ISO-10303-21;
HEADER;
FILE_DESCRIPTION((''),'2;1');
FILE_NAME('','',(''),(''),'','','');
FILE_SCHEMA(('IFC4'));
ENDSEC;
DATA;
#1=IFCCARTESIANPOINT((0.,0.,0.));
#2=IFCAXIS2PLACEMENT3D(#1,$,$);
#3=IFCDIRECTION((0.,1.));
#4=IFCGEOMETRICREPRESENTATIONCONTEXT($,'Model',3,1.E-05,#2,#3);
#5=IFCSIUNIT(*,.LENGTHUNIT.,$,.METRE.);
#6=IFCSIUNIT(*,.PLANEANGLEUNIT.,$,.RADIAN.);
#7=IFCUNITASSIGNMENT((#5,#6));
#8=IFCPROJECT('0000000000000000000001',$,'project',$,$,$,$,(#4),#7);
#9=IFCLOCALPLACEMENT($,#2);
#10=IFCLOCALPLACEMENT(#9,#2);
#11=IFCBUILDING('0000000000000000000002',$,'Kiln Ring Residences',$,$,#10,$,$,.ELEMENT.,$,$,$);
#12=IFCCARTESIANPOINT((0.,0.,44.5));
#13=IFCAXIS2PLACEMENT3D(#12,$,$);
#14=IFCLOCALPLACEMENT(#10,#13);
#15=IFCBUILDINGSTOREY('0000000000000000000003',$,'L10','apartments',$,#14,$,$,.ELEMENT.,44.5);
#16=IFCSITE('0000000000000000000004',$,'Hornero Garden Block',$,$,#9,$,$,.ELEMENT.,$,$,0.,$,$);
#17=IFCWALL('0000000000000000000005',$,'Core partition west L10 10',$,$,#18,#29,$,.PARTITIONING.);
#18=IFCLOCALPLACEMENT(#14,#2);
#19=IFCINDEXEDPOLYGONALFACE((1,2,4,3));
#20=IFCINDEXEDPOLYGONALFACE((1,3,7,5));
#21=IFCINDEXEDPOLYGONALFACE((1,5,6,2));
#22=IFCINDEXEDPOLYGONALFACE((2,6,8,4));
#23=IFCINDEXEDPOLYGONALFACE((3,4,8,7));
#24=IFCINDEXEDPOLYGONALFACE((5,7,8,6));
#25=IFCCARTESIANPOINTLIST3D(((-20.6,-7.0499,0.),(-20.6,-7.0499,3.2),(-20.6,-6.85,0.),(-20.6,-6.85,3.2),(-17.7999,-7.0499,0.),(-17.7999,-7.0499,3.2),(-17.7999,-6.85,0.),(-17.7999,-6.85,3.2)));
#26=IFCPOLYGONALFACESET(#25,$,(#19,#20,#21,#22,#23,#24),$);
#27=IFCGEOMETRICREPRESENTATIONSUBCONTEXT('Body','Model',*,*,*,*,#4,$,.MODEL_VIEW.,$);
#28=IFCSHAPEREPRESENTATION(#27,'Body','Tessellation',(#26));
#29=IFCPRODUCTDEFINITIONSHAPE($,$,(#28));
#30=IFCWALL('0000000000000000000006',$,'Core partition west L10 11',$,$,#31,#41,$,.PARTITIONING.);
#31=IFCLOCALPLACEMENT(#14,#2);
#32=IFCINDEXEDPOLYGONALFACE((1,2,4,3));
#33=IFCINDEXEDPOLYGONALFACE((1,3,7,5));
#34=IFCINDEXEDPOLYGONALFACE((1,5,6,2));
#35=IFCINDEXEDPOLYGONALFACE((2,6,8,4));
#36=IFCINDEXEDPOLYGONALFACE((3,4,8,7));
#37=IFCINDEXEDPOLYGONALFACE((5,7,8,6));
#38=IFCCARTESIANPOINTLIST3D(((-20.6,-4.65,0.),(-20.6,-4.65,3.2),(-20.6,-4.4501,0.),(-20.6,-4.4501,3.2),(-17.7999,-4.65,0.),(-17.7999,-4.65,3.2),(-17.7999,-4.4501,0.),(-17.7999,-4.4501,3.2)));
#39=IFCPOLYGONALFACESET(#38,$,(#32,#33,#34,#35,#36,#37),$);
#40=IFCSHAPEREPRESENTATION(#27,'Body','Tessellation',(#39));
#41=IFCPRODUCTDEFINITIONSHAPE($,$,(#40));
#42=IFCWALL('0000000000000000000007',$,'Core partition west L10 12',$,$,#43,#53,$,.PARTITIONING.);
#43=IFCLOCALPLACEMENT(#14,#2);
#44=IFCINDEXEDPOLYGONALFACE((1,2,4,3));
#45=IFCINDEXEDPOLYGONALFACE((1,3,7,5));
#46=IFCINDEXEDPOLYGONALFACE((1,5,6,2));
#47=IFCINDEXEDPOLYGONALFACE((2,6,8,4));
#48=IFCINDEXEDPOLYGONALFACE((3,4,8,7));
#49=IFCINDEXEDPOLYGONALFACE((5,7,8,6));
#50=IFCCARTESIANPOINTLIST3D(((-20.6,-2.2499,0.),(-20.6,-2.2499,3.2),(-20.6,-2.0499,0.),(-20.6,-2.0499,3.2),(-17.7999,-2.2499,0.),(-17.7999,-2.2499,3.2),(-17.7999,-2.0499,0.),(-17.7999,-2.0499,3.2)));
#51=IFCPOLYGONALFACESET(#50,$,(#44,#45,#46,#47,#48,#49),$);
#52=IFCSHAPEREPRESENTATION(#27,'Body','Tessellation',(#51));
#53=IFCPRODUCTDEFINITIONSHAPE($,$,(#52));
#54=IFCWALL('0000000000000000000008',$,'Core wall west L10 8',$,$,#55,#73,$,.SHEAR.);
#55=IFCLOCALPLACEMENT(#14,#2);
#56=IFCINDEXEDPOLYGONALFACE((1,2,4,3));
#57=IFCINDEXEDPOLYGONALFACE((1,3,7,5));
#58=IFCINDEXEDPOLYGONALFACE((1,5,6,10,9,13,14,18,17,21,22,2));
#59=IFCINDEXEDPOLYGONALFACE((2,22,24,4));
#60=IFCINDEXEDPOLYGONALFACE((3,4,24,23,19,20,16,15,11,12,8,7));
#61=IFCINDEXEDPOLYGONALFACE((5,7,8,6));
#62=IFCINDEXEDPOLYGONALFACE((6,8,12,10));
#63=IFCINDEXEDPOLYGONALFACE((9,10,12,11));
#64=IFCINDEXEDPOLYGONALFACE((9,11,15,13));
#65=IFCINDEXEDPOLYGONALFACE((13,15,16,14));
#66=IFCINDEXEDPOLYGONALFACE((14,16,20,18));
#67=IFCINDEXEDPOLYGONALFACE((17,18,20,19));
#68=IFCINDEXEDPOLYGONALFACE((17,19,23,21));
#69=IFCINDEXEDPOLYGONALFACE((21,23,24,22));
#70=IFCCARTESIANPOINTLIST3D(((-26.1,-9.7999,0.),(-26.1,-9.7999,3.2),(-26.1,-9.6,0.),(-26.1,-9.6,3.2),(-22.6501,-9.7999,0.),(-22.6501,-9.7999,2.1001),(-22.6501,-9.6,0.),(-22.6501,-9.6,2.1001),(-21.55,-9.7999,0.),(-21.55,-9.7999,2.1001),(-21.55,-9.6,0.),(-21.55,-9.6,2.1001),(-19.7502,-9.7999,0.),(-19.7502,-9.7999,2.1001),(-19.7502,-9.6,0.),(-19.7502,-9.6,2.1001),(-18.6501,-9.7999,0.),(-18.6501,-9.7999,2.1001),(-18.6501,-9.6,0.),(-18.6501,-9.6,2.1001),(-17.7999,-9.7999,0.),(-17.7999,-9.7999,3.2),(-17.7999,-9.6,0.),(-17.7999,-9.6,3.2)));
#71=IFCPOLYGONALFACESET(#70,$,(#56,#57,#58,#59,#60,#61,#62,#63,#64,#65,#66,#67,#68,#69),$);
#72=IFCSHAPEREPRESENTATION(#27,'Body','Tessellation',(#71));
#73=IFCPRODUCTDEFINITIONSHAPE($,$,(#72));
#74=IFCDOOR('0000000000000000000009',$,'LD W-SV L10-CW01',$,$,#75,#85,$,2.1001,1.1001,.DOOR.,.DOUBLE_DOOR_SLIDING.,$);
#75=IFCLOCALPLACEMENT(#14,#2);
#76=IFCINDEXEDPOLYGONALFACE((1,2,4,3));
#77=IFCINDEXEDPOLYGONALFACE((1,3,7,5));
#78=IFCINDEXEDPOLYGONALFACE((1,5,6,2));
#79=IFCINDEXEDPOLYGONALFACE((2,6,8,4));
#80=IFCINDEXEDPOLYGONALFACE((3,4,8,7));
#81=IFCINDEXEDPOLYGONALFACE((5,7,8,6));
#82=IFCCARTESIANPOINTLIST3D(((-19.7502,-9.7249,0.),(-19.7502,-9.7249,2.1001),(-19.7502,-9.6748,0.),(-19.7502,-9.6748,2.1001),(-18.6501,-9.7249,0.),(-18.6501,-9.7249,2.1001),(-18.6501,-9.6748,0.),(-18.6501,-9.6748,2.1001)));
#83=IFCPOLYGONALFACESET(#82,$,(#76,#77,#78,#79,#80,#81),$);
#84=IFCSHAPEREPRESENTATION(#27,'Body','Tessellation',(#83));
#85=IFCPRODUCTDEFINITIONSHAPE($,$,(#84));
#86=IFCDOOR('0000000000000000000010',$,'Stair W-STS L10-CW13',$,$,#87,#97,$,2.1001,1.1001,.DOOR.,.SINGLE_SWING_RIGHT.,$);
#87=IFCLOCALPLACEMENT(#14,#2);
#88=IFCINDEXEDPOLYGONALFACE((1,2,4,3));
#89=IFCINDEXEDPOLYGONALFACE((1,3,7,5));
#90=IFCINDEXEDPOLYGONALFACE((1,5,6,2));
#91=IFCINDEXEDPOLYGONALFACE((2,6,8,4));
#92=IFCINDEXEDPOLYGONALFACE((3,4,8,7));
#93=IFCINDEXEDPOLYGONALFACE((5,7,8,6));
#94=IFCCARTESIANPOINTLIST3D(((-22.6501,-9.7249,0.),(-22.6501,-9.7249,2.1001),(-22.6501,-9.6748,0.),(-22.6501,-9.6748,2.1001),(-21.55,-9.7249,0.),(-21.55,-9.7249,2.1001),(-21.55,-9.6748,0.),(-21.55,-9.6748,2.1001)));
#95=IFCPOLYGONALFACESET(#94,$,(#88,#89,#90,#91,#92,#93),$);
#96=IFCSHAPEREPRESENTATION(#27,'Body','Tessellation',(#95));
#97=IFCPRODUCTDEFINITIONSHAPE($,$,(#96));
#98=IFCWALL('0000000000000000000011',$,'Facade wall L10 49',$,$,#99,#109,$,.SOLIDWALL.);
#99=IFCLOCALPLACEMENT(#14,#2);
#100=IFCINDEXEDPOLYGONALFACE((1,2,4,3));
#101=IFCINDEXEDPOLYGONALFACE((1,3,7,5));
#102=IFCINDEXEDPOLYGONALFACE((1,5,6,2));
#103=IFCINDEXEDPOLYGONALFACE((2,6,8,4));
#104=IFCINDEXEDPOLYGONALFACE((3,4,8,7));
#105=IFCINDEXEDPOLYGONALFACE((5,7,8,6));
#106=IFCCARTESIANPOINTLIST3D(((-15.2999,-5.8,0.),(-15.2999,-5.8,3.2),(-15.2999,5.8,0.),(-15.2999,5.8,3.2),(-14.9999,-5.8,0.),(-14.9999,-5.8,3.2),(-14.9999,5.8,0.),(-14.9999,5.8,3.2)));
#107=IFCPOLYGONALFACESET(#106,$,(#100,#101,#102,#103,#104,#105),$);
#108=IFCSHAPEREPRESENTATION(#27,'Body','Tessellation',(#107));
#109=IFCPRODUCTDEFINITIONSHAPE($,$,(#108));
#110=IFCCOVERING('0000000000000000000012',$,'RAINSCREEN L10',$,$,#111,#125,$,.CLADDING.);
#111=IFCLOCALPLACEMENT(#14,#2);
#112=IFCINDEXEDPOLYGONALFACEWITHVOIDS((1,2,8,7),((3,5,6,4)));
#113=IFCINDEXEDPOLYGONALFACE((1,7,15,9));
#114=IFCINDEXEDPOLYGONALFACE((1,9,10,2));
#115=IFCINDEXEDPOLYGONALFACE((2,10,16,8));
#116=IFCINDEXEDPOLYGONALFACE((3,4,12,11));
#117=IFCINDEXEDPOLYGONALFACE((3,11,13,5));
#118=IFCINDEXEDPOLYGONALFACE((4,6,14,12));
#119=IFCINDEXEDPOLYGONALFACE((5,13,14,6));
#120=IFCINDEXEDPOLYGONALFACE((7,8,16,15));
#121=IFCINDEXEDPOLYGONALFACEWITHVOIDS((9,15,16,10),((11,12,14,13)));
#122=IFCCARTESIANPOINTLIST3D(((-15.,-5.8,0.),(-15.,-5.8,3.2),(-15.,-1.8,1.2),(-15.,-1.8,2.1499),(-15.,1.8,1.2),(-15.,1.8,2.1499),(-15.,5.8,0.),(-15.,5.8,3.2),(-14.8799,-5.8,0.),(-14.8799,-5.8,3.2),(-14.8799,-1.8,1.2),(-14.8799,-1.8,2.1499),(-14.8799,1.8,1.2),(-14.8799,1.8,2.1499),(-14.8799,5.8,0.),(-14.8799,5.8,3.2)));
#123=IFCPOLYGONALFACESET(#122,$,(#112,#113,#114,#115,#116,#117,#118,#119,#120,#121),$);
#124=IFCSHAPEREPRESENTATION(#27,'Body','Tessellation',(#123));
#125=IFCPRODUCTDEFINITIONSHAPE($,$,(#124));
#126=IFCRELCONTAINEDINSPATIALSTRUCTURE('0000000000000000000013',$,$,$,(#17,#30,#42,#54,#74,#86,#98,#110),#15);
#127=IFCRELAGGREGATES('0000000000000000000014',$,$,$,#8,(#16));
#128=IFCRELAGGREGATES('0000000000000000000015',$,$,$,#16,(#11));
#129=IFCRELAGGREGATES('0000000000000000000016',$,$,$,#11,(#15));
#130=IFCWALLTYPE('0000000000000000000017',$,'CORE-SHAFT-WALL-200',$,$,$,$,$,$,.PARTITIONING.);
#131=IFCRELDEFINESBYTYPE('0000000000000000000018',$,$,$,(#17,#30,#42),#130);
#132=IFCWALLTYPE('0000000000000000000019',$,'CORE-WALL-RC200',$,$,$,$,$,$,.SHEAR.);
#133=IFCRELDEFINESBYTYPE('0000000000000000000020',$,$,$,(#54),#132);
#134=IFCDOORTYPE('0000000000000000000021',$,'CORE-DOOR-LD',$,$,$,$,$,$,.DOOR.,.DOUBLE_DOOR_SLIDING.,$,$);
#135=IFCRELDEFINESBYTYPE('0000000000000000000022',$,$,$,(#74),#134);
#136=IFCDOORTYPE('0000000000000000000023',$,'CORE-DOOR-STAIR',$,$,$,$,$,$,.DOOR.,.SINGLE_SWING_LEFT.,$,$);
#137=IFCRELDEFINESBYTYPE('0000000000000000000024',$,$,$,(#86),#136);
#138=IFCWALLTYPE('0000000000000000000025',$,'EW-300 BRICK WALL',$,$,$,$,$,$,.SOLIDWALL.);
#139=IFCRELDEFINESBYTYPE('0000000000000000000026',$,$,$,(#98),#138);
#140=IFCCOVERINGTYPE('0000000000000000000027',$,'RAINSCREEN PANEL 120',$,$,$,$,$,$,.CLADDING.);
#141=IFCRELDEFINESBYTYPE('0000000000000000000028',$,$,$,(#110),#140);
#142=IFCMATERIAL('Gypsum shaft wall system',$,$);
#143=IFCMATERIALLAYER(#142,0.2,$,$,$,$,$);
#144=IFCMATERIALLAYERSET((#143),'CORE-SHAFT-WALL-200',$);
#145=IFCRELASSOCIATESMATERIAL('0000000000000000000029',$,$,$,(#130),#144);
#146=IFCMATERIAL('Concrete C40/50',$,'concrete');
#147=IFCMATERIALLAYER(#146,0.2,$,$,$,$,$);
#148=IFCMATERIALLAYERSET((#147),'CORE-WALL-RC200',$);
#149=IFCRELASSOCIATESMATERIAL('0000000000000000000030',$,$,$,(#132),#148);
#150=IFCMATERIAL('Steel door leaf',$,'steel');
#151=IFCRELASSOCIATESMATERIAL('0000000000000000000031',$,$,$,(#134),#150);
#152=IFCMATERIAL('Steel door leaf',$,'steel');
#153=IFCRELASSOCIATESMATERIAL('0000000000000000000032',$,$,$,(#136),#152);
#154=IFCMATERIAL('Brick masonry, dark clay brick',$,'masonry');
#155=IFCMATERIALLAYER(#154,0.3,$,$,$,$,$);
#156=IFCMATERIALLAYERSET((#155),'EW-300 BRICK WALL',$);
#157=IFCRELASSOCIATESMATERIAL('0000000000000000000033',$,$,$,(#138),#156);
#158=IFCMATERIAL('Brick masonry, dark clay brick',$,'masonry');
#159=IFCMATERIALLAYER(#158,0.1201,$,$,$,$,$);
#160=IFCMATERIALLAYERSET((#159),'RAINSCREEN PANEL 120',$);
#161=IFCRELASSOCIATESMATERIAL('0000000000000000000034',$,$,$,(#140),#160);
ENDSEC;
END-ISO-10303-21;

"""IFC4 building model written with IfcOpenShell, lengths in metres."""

from ifc_helpers import new_model, si_unit, direction, frame, frame_2d, origin, place, context, subcontext, project, spatial, polyline, rectangle, outline, extrude, material, layer, layer_set, type_object, element, fill, save


model = new_model("IFC4")

# Units and contexts
model_context = context("Model", 3, precision=1e-05, world=origin(), true_north=direction((0.0, 1.0)))
body_context = subcontext(model_context, "Body", "Model", "MODEL_VIEW")
ifc_project = project(units=[si_unit("LENGTHUNIT", "METRE"), si_unit("PLANEANGLEUNIT", "RADIAN")], contexts=[model_context])

# Site, building, storey
site_placement = place(None, origin())
site = spatial("IfcSite", under=ifc_project, at=site_placement, Name="Hornero Garden Block", CompositionType="ELEMENT", RefElevation=0.0)
building_placement = place(site_placement, origin())
building = spatial("IfcBuilding", under=site, at=building_placement, Name="Kiln Ring Residences", CompositionType="ELEMENT")
storey_placement = place(building_placement, frame((0.0, 0.0, 44.5)))
storey = spatial("IfcBuildingStorey", under=building, at=storey_placement, Name="L10", Description="apartments", CompositionType="ELEMENT", Elevation=44.5)

# Walls
ifc_material_1 = material(Name="Gypsum shaft wall system")
ifc_layer_1 = layer(ifc_material_1, 0.2)
ifc_layer_set_1 = layer_set([ifc_layer_1], Name="CORE-SHAFT-WALL-200")
wall_type_1 = type_object("IfcWallType", Name="CORE-SHAFT-WALL-200", PredefinedType="PARTITIONING", material=ifc_layer_set_1)
for number, where, z_axis, x_axis, name in (
    (1, (-17.8, -6.95, 0.0), (0.0, 0.0, 1.0), (-1.0, 0.0, 0.0), "Core partition west L10 10"),
    (2, (-17.8, -4.55, 0.0), (0.0, 0.0, 1.0), (-1.0, 0.0, 0.0), "Core partition west L10 11"),
    (3, (-17.8, -2.1499, 0.0), (0.0, 0.0, 1.0), (-1.0, 0.0, 0.0), "Core partition west L10 12"),
):
    element("IfcWall", number, at=place(storey_placement, frame(where, z_axis=z_axis, x_axis=x_axis)), inside=storey, type_object=wall_type_1, Name=name, PredefinedType="PARTITIONING", context=body_context, shape_type="SweptSolid", body=[
        extrude(rectangle(XDim=2.8, YDim=0.2, at=frame_2d((1.3999, 0.0))), origin(), (0.0, 0.0, 1.0), 3.2),
    ])

# Wall, openings, doors
ifc_material_2 = material(Name="Concrete C40/50", Category="concrete")
ifc_layer_2 = layer(ifc_material_2, 0.2)
ifc_layer_set_2 = layer_set([ifc_layer_2], Name="CORE-WALL-RC200")
wall_type_2 = type_object("IfcWallType", Name="CORE-WALL-RC200", PredefinedType="SHEAR", material=ifc_layer_set_2)
wall_1_placement = place(storey_placement, frame((-17.8, -9.7, 0.0), z_axis=(0.0, 0.0, 1.0), x_axis=(-1.0, 0.0, 0.0)))
wall_1 = element("IfcWall", 4, at=wall_1_placement, inside=storey, type_object=wall_type_2, Name="Core wall west L10 8", PredefinedType="SHEAR", context=body_context, shape_type="SweptSolid", body=[
    extrude(rectangle(XDim=8.3, YDim=0.2, at=frame_2d((4.1499, 0.0))), origin(), (0.0, 0.0, 1.0), 3.2),
])
opening_1_placement = place(wall_1_placement, frame((0.8501, 0.0, 0.0)))
opening_1 = element("IfcOpeningElement", 5, at=opening_1_placement, cuts=wall_1, PredefinedType="OPENING", context=body_context, shape_type="SweptSolid", body=[
    extrude(rectangle(XDim=1.1001, YDim=2.1001, at=frame_2d((0.55, 1.05))), frame((0.0, 0.1099, 0.0), z_axis=(0.0, -1.0, 0.0), x_axis=(1.0, 0.0, 0.0)), (0.0, 0.0, 1.0), 0.22),
])
opening_2_placement = place(wall_1_placement, frame((3.75, 0.0, 0.0)))
opening_2 = element("IfcOpeningElement", 6, at=opening_2_placement, cuts=wall_1, PredefinedType="OPENING", context=body_context, shape_type="SweptSolid", body=[
    extrude(rectangle(XDim=1.1001, YDim=2.1001, at=frame_2d((0.55, 1.05))), frame((0.0, 0.1099, 0.0), z_axis=(0.0, -1.0, 0.0), x_axis=(1.0, 0.0, 0.0)), (0.0, 0.0, 1.0), 0.22),
])
ifc_material_3 = material(Name="Steel door leaf", Category="steel")
door_type_1 = type_object("IfcDoorType", Name="CORE-DOOR-LD", OperationType="DOUBLE_DOOR_SLIDING", PredefinedType="DOOR", material=ifc_material_3)
door_1_placement = place(opening_1_placement, origin())
door_1 = element("IfcDoor", 7, at=door_1_placement, inside=storey, type_object=door_type_1, Name="LD W-SV L10-CW01", OperationType="DOUBLE_DOOR_SLIDING", OverallHeight=2.1001, OverallWidth=1.1001, PredefinedType="DOOR", context=body_context, shape_type="SweptSolid", body=[
    extrude(rectangle(XDim=1.1001, YDim=2.1001, at=frame_2d((0.55, 1.05))), frame((0.0, 0.0249, 0.0), z_axis=(0.0, -1.0, 0.0), x_axis=(1.0, 0.0, 0.0)), (0.0, 0.0, 1.0), 0.05),
])
fill(opening_1, door_1)
ifc_material_4 = material(Name="Steel door leaf", Category="steel")
door_type_2 = type_object("IfcDoorType", Name="CORE-DOOR-STAIR", OperationType="SINGLE_SWING_LEFT", PredefinedType="DOOR", material=ifc_material_4)
door_2_placement = place(opening_2_placement, origin())
door_2 = element("IfcDoor", 8, at=door_2_placement, inside=storey, type_object=door_type_2, Name="Stair W-STS L10-CW13", OperationType="SINGLE_SWING_RIGHT", OverallHeight=2.1001, OverallWidth=1.1001, PredefinedType="DOOR", context=body_context, shape_type="SweptSolid", body=[
    extrude(rectangle(XDim=1.1001, YDim=2.1001, at=frame_2d((0.55, 1.05))), frame((0.0, 0.0249, 0.0), z_axis=(0.0, -1.0, 0.0), x_axis=(1.0, 0.0, 0.0)), (0.0, 0.0, 1.0), 0.05),
])
fill(opening_2, door_2)

# Wall
ifc_material_5 = material(Name="Brick masonry, dark clay brick", Category="masonry")
ifc_layer_3 = layer(ifc_material_5, 0.3)
ifc_layer_set_3 = layer_set([ifc_layer_3], Name="EW-300 BRICK WALL")
wall_type_3 = type_object("IfcWallType", Name="EW-300 BRICK WALL", PredefinedType="SOLIDWALL", material=ifc_layer_set_3)
wall_2_placement = place(storey_placement, frame((-15.1499, -5.8, 0.0), z_axis=(0.0, 0.0, 1.0), x_axis=(0.0, 1.0, 0.0)))
element("IfcWall", 9, at=wall_2_placement, inside=storey, type_object=wall_type_3, Name="Facade wall L10 49", PredefinedType="SOLIDWALL", context=body_context, shape_type="SweptSolid", body=[
    extrude(rectangle(XDim=11.6001, YDim=0.3, at=frame_2d((5.8, 0.0))), origin(), (0.0, 0.0, 1.0), 3.2),
])

# Covering
ifc_material_6 = material(Name="Brick masonry, dark clay brick", Category="masonry")
ifc_layer_4 = layer(ifc_material_6, 0.1201)
ifc_layer_set_4 = layer_set([ifc_layer_4], Name="RAINSCREEN PANEL 120")
covering_type = type_object("IfcCoveringType", Name="RAINSCREEN PANEL 120", PredefinedType="CLADDING", material=ifc_layer_set_4)
covering_placement = place(storey_placement, frame((-14.9399, -5.8, 0.0), z_axis=(0.0, 0.0, 1.0), x_axis=(0.0, 1.0, 0.0)))
element("IfcCovering", 10, at=covering_placement, inside=storey, type_object=covering_type, Name="RAINSCREEN L10", PredefinedType="CLADDING", context=body_context, shape_type="SweptSolid", body=[
    extrude(outline(polyline([(0.0, 0.0), (11.6001, 0.0), (11.6001, 3.2), (0.0, 3.2), (0.0, 0.0)]), holes=[polyline([(4.0, 2.1499), (4.0, 1.2), (7.6001, 1.2), (7.6001, 2.1499), (4.0, 2.1499)])]), frame((0.0, 0.0601, 0.0), z_axis=(0.0, -1.0, 0.0), x_axis=(1.0, 0.0, 0.0)), (0.0, 0.0, 1.0), 0.1201),
])

save(model, "model.ifc")
